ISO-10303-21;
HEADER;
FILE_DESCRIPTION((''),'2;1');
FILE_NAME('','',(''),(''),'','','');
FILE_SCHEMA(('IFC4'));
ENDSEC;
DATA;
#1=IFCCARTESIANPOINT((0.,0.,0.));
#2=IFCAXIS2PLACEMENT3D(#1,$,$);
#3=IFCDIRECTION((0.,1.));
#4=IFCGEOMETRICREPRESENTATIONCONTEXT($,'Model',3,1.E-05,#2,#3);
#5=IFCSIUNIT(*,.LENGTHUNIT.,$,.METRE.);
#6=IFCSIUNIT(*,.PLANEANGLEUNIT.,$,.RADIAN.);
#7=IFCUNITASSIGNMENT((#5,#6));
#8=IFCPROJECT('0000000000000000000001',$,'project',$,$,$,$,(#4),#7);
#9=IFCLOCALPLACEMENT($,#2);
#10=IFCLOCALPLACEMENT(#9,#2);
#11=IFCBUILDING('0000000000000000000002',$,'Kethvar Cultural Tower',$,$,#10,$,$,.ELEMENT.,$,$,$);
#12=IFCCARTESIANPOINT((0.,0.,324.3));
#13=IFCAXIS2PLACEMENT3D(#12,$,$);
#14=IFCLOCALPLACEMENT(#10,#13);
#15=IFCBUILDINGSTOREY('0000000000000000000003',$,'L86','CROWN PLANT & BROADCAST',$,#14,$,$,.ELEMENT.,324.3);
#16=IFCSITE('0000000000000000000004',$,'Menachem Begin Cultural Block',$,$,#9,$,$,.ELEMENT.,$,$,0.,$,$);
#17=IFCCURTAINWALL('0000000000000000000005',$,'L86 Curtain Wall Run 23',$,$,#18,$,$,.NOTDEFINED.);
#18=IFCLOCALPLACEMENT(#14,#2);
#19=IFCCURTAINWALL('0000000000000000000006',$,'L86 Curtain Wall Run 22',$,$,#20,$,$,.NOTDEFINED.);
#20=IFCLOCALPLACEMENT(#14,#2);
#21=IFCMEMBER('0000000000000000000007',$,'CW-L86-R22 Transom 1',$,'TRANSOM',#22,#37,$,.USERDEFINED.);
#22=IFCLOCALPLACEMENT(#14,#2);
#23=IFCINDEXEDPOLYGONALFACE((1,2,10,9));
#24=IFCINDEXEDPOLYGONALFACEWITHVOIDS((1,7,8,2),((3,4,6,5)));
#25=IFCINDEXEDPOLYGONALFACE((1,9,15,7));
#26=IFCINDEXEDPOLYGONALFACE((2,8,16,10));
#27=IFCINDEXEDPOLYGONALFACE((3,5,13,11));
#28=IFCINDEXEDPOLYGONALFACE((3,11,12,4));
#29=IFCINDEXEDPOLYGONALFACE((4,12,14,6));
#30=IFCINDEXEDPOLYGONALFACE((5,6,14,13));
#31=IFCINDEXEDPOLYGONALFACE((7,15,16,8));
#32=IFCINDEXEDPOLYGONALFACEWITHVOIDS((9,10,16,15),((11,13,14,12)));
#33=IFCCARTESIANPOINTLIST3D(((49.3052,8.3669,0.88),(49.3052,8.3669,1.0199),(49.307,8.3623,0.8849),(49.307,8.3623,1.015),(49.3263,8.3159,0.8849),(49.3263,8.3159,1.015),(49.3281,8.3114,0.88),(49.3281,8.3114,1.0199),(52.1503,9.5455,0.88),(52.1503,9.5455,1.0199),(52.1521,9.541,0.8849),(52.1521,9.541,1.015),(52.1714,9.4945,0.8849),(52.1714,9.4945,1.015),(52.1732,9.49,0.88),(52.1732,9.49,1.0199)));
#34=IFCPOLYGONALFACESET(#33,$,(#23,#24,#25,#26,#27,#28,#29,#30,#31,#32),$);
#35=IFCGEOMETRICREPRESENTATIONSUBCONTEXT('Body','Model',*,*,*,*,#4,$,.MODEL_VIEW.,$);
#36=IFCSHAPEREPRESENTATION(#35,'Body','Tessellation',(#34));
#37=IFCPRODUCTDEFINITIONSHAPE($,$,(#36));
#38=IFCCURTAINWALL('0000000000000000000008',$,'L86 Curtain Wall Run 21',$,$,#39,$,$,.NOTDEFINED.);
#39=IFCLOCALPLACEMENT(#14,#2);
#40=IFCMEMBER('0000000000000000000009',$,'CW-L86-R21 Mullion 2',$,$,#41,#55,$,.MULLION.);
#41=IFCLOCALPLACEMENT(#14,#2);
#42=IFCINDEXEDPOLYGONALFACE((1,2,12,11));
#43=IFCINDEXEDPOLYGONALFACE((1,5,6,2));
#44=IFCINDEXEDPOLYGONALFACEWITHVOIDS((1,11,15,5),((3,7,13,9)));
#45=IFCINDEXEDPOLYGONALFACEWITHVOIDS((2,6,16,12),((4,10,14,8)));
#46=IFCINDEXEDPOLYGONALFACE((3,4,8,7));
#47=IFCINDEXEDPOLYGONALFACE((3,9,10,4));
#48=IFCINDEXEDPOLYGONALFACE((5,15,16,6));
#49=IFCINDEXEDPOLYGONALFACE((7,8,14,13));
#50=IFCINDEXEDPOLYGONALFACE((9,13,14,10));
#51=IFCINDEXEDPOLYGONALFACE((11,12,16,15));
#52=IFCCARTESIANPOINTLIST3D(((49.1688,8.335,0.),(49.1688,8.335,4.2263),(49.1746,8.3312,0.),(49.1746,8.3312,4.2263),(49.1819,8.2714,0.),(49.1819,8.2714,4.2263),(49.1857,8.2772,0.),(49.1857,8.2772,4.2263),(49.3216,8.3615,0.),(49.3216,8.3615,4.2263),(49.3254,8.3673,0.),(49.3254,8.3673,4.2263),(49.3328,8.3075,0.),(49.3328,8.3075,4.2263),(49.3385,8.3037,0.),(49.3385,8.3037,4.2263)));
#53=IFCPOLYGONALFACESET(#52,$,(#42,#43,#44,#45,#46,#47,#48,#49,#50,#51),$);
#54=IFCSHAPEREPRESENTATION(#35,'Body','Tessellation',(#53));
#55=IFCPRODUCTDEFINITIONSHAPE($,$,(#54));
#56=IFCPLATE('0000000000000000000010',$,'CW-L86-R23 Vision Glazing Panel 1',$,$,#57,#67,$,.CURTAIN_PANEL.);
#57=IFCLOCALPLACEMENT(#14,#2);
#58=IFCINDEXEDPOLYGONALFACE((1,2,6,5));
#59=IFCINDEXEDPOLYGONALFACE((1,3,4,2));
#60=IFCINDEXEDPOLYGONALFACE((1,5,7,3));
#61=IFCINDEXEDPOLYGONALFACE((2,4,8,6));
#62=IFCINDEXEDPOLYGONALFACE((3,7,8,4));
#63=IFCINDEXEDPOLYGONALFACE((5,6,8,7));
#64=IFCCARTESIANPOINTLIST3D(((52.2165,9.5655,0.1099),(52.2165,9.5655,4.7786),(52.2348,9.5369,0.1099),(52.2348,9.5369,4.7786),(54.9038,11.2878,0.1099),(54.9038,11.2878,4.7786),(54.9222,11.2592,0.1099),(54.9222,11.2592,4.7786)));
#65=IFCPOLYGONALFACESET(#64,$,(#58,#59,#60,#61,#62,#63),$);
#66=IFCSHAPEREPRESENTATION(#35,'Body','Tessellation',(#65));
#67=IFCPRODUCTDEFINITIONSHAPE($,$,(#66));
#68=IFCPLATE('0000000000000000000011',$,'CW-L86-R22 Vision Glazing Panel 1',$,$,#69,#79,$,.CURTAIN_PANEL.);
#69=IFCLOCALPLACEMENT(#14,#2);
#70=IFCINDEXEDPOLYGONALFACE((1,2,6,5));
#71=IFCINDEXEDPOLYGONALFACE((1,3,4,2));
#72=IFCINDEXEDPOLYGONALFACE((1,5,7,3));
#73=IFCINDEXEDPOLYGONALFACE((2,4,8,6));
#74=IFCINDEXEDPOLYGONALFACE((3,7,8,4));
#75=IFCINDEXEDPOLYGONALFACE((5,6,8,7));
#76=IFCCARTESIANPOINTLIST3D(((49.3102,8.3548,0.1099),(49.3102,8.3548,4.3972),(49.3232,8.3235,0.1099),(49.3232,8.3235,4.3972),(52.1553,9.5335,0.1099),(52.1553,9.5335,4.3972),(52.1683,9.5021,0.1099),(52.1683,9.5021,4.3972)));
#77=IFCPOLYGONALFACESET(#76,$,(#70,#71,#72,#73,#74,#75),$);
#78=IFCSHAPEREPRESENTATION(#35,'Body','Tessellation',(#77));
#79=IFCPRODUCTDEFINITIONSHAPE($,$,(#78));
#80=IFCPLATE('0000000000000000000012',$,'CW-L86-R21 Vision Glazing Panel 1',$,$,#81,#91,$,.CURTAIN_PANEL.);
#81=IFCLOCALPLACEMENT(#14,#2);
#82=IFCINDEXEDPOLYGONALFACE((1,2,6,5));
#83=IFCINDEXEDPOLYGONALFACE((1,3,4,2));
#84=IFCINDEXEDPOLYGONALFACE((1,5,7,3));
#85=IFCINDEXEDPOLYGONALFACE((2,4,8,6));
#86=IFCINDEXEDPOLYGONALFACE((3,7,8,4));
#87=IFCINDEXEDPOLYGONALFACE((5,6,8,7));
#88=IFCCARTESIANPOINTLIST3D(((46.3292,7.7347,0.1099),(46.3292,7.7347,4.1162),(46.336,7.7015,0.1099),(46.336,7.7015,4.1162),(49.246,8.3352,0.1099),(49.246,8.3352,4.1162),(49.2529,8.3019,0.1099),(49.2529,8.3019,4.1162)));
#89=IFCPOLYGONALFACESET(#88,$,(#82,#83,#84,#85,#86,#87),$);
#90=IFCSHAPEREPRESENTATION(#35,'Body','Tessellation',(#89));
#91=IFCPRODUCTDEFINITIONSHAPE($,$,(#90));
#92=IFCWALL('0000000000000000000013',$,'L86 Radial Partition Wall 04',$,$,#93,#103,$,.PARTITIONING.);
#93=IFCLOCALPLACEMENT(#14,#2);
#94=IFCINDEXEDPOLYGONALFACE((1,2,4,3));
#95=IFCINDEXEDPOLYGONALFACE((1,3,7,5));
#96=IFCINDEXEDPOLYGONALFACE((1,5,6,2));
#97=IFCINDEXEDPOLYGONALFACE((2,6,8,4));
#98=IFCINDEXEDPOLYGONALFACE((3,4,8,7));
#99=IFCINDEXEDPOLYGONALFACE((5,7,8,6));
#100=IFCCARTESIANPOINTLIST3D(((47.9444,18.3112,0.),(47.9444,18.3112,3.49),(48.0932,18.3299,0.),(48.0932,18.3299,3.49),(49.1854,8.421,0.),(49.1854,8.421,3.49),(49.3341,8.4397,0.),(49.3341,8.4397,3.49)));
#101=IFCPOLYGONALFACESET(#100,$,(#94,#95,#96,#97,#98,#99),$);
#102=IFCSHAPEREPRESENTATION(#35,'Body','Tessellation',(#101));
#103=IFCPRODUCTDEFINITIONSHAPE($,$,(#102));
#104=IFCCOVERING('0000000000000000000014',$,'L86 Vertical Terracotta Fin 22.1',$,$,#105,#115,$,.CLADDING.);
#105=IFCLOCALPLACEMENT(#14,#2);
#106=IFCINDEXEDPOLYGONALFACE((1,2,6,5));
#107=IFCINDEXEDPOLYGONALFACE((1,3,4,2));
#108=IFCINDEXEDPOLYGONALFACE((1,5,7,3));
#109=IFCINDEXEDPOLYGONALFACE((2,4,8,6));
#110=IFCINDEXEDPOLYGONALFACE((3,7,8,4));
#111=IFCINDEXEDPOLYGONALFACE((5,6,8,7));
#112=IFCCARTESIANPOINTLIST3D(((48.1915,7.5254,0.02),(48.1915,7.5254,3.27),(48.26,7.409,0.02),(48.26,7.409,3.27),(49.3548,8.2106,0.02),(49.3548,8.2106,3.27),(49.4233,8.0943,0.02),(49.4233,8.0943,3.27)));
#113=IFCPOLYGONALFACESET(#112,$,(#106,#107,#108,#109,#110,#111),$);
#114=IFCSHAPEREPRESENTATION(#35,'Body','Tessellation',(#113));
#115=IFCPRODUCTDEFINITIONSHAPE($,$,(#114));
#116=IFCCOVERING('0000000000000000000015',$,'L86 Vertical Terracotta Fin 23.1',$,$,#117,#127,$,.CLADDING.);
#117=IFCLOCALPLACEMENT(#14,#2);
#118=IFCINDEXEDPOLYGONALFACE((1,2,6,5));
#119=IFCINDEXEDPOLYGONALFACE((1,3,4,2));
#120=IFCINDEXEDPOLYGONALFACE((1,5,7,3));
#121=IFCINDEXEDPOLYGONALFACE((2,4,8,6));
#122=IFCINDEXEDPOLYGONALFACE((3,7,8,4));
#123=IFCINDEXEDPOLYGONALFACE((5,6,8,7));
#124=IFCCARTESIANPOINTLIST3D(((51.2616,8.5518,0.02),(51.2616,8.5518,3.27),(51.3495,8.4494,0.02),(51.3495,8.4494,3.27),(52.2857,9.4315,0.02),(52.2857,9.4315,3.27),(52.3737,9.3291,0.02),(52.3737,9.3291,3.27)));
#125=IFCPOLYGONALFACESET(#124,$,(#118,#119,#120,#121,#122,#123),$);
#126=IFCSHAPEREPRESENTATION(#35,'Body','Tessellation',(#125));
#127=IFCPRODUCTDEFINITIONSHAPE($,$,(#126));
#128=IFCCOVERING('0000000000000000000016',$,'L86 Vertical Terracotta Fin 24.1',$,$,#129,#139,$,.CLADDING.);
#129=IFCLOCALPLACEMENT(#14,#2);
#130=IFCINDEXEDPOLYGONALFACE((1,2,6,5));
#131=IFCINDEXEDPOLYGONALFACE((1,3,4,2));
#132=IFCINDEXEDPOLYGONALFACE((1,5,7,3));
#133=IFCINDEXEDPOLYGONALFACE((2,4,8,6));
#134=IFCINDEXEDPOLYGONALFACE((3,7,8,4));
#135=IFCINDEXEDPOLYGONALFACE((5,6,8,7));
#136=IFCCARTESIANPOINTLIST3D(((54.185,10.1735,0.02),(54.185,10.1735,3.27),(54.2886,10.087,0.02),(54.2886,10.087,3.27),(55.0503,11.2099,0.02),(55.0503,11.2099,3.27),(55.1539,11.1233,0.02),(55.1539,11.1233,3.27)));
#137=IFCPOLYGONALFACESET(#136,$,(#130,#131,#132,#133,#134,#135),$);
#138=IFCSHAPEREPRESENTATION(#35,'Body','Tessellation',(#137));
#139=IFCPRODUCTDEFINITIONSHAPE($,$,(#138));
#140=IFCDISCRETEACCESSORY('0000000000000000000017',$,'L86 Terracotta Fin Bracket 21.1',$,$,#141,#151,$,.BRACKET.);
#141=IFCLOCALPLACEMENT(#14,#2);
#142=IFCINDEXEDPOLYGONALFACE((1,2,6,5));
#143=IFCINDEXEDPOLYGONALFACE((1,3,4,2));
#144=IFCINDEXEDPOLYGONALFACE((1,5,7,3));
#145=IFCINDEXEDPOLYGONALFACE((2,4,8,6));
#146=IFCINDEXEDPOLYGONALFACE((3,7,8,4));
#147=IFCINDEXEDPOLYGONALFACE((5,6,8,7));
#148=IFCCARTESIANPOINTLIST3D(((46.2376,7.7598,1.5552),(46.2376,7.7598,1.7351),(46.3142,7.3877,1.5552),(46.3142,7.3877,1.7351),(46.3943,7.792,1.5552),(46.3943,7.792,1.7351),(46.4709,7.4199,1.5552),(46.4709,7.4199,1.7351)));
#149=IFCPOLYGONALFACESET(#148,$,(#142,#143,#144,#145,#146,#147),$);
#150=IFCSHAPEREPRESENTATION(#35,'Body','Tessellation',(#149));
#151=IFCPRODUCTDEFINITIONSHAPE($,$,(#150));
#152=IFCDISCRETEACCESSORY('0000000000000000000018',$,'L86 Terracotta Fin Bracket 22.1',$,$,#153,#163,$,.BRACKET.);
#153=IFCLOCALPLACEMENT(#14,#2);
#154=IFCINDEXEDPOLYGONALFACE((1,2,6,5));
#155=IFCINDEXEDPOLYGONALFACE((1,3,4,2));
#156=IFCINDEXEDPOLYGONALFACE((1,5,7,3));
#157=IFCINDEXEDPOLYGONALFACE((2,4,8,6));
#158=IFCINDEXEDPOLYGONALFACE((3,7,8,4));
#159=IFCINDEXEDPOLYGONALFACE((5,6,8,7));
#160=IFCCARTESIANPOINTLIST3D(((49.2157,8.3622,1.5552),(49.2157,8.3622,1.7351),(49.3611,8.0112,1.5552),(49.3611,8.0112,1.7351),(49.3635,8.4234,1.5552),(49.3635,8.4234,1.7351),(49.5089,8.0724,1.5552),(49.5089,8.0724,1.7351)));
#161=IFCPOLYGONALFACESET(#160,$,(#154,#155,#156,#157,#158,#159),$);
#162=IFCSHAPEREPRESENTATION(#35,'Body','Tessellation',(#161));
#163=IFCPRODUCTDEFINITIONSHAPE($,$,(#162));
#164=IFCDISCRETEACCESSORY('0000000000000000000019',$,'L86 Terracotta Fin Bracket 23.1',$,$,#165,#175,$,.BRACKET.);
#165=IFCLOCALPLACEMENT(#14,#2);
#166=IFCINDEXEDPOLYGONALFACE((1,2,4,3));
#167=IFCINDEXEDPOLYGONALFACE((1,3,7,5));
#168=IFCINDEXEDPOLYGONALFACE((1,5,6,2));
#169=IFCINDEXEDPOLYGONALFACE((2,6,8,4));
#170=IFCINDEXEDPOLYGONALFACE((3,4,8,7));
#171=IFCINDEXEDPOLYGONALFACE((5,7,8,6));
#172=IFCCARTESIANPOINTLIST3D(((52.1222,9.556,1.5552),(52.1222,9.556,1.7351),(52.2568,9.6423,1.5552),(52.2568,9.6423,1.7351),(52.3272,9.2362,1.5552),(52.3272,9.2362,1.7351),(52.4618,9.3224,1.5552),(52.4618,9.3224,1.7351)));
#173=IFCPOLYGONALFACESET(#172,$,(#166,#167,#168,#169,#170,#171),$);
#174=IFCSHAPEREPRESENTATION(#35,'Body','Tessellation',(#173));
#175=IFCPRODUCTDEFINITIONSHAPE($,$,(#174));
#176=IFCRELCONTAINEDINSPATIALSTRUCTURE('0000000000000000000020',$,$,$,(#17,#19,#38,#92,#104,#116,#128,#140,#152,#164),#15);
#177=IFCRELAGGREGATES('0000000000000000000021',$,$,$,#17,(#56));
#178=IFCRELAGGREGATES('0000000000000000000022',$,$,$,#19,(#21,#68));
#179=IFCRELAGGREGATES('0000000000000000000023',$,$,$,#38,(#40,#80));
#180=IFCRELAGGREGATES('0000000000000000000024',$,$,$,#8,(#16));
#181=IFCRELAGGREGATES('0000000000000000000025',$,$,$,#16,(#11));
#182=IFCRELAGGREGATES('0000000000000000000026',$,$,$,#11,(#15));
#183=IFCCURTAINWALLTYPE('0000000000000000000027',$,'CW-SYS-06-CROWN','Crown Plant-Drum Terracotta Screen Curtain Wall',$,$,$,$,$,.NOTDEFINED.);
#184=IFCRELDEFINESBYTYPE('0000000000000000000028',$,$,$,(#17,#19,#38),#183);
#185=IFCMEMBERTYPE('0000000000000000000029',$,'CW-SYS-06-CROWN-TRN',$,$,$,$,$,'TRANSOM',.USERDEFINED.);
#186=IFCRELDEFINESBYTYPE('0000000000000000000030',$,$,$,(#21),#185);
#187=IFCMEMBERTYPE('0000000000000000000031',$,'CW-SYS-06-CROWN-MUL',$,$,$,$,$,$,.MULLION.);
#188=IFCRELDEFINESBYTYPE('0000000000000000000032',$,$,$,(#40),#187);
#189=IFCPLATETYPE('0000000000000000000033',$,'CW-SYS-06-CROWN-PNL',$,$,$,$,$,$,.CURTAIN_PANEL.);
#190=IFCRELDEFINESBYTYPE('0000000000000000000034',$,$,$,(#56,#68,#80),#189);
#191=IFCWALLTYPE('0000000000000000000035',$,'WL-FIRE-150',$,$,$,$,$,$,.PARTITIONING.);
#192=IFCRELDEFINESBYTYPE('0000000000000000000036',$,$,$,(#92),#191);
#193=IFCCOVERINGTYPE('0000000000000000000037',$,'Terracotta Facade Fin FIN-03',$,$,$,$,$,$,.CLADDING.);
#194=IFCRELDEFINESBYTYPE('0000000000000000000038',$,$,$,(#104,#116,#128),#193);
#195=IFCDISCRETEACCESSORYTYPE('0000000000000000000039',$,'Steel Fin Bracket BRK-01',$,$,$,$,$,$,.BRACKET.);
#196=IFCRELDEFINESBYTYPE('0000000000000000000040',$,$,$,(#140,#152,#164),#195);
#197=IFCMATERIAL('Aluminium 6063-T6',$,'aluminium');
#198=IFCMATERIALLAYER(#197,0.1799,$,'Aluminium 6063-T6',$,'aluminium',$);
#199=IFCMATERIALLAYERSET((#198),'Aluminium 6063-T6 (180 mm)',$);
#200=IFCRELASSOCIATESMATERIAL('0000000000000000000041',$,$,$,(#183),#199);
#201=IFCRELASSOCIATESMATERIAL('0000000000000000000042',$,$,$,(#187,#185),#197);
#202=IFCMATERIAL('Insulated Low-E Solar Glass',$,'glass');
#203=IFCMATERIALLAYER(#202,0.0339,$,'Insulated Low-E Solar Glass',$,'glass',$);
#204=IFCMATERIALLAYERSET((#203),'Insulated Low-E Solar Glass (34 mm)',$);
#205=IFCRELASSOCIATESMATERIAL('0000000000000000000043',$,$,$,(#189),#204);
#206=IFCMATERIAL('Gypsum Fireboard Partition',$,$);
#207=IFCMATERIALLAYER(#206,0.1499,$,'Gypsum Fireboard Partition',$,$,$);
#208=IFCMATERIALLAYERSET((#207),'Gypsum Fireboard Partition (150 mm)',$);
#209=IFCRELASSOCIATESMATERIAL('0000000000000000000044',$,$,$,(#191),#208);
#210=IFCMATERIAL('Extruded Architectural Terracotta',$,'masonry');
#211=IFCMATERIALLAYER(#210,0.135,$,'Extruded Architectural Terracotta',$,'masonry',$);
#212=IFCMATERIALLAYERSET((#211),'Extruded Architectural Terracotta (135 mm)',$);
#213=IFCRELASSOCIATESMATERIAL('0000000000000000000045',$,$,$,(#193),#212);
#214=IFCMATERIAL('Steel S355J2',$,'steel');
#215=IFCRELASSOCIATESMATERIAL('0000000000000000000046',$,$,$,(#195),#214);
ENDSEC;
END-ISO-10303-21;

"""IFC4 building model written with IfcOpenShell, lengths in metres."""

from ifc_helpers import new_model, si_unit, direction, frame, frame_2d, origin, origin_2d, place, context, subcontext, project, spatial, rectangle, hollow_rectangle, extrude, source, transform, mapped, material, layer, layer_set, material_profile, profile_set, type_object, element, aggregate, save


model = new_model("IFC4")

# Units and contexts
model_context = context("Model", 3, precision=1e-05, world=origin(), true_north=direction((0.0, 1.0)))
body_context = subcontext(model_context, "Body", "Model", "MODEL_VIEW")
ifc_project = project(units=[si_unit("LENGTHUNIT", "METRE"), si_unit("PLANEANGLEUNIT", "RADIAN")], contexts=[model_context])

# Site, building, storey
site_placement = place(None, origin())
site = spatial("IfcSite", under=ifc_project, at=site_placement, Name="Menachem Begin Cultural Block", CompositionType="ELEMENT", RefElevation=0.0)
building_placement = place(site_placement, origin())
building = spatial("IfcBuilding", under=site, at=building_placement, Name="Kethvar Cultural Tower", CompositionType="ELEMENT")
storey_placement = place(building_placement, frame((0.0, 0.0, 324.3)))
storey = spatial("IfcBuildingStorey", under=building, at=storey_placement, Name="L86", Description="CROWN PLANT & BROADCAST", CompositionType="ELEMENT", Elevation=324.3)

# Shared definitions
ifc_material_1 = material(Name="Steel S355J2", Category="steel")

# Curtain walls, member
ifc_material_2 = material(Name="Aluminium 6063-T6", Category="aluminium")
ifc_layer_1 = layer(ifc_material_2, 0.1799, Name="Aluminium 6063-T6", Category="aluminium")
ifc_layer_set_1 = layer_set([ifc_layer_1], Name="Aluminium 6063-T6 (180 mm)")
curtain_wall_type = type_object("IfcCurtainWallType", Name="CW-SYS-06-CROWN", Description="Crown Plant-Drum Terracotta Screen Curtain Wall", PredefinedType="NOTDEFINED", material=ifc_layer_set_1)
curtain_wall_1_placement = place(storey_placement, origin())
curtain_wall_1 = element("IfcCurtainWall", 1, at=curtain_wall_1_placement, inside=storey, type_object=curtain_wall_type, Name="L86 Curtain Wall Run 23", PredefinedType="NOTDEFINED")
ifc_material_profile_1 = material_profile(ifc_material_2, hollow_rectangle(XDim=0.0649, YDim=0.1599, WallThickness=0.0049, at=origin_2d()), Name="Aluminium 6063-T6 — RHS160x65x5")
ifc_profile_set_1 = profile_set([ifc_material_profile_1], Name="Aluminium 6063-T6 — RHS160x65x5")
member_type_1 = type_object("IfcMemberType", Name="CW-SYS-06-CROWN-MUL", PredefinedType="MULLION", material=ifc_profile_set_1)
ifc_material_profile_2 = material_profile(ifc_material_2, hollow_rectangle(XDim=0.0601, YDim=0.1399, WallThickness=0.0049, at=origin_2d()), Name="Aluminium 6063-T6 — RHS140x60x5")
ifc_profile_set_2 = profile_set([ifc_material_profile_2], Name="Aluminium 6063-T6 — RHS140x60x5")
member_type_2 = type_object("IfcMemberType", Name="CW-SYS-06-CROWN-TRN", ElementType="TRANSOM", PredefinedType="USERDEFINED", material=ifc_profile_set_2)
curtain_wall_2_placement = place(storey_placement, origin())
curtain_wall_2 = element("IfcCurtainWall", 2, at=curtain_wall_2_placement, inside=storey, type_object=curtain_wall_type, Name="L86 Curtain Wall Run 22", PredefinedType="NOTDEFINED")
shared_shape_1 = source(origin(), body_context, "Body", "SweptSolid", [
    extrude(hollow_rectangle(XDim=0.0601, YDim=0.1399, WallThickness=0.0049, at=origin_2d()), origin(), (0.0, 0.0, 1.0), 3.0796),
])
member_1_placement = place(storey_placement, frame((49.3167, 8.3391, 0.95), z_axis=(0.923858, 0.382735, 0.0), x_axis=(-0.382735, 0.923858, 0.0)))
member_1 = element("IfcMember", 3, at=member_1_placement, type_object=member_type_2, Name="CW-L86-R22 Transom 1", ObjectType="TRANSOM", PredefinedType="USERDEFINED", context=body_context, shape_type="MappedRepresentation", body=[
    mapped(shared_shape_1, transform((0.0, 0.0, 0.0), scale=1.0)),
])

# Curtain wall, member
curtain_wall_3_placement = place(storey_placement, origin())
curtain_wall_3 = element("IfcCurtainWall", 4, at=curtain_wall_3_placement, inside=storey, type_object=curtain_wall_type, Name="L86 Curtain Wall Run 21", PredefinedType="NOTDEFINED")
shared_shape_2 = source(origin(), body_context, "Body", "SweptSolid", [
    extrude(hollow_rectangle(XDim=0.0649, YDim=0.1599, WallThickness=0.0049, at=origin_2d()), origin(), (0.0, 0.0, 1.0), 4.2263),
])
member_2_placement = place(storey_placement, frame((49.2537, 8.3193, 0.0), z_axis=(0.0, 0.0, 1.0), x_axis=(-0.201625, 0.979463, 0.0)))
member_2 = element("IfcMember", 5, at=member_2_placement, type_object=member_type_1, Name="CW-L86-R21 Mullion 2", PredefinedType="MULLION", context=body_context, shape_type="MappedRepresentation", body=[
    mapped(shared_shape_2, transform((0.0, 0.0, 0.0), scale=1.0)),
])

# Plates
ifc_material_3 = material(Name="Insulated Low-E Solar Glass", Category="glass")
ifc_layer_2 = layer(ifc_material_3, 0.0339, Name="Insulated Low-E Solar Glass", Category="glass")
ifc_layer_set_2 = layer_set([ifc_layer_2], Name="Insulated Low-E Solar Glass (34 mm)")
plate_type = type_object("IfcPlateType", Name="CW-SYS-06-CROWN-PNL", PredefinedType="CURTAIN_PANEL", material=ifc_layer_set_2)
shared_shape_3 = source(origin(), body_context, "Body", "SweptSolid", [
    extrude(rectangle(XDim=3.1919, YDim=0.0339, at=origin_2d()), origin(), (0.0, 0.0, 1.0), 4.6687),
])
plate_1_placement = place(storey_placement, frame((53.5693, 10.4124, 0.1099), z_axis=(0.0, 0.0, 1.0), x_axis=(0.841925, 0.539594, 0.0)))
plate_1 = element("IfcPlate", 6, at=plate_1_placement, type_object=plate_type, Name="CW-L86-R23 Vision Glazing Panel 1", PredefinedType="CURTAIN_PANEL", context=body_context, shape_type="MappedRepresentation", body=[
    mapped(shared_shape_3, transform((0.0, 0.0, 0.0), scale=1.0)),
])
aggregate(curtain_wall_1, [plate_1])
shared_shape_4 = source(origin(), body_context, "Body", "SweptSolid", [
    extrude(rectangle(XDim=3.0796, YDim=0.0339, at=origin_2d()), origin(), (0.0, 0.0, 1.0), 4.2874),
])
plate_2_placement = place(storey_placement, frame((50.7393, 8.9285, 0.1099), z_axis=(0.0, 0.0, 1.0), x_axis=(0.923859, 0.382732, 0.0)))
plate_2 = element("IfcPlate", 7, at=plate_2_placement, type_object=plate_type, Name="CW-L86-R22 Vision Glazing Panel 1", PredefinedType="CURTAIN_PANEL", context=body_context, shape_type="MappedRepresentation", body=[
    mapped(shared_shape_4, transform((0.0, 0.0, 0.0), scale=1.0)),
])
aggregate(curtain_wall_2, [member_1, plate_2])
shared_shape_5 = source(origin(), body_context, "Body", "SweptSolid", [
    extrude(rectangle(XDim=2.978, YDim=0.0339, at=origin_2d()), origin(), (0.0, 0.0, 1.0), 4.0063),
])
plate_3_placement = place(storey_placement, frame((47.791, 8.0183, 0.1099), z_axis=(0.0, 0.0, 1.0), x_axis=(0.979463, 0.201625, 0.0)))
plate_3 = element("IfcPlate", 8, at=plate_3_placement, type_object=plate_type, Name="CW-L86-R21 Vision Glazing Panel 1", PredefinedType="CURTAIN_PANEL", context=body_context, shape_type="MappedRepresentation", body=[
    mapped(shared_shape_5, transform((0.0, 0.0, 0.0), scale=1.0)),
])
aggregate(curtain_wall_3, [member_2, plate_3])

# Wall
ifc_material_4 = material(Name="Gypsum Fireboard Partition")
ifc_layer_3 = layer(ifc_material_4, 0.1499, Name="Gypsum Fireboard Partition")
ifc_layer_set_3 = layer_set([ifc_layer_3], Name="Gypsum Fireboard Partition (150 mm)")
wall_type = type_object("IfcWallType", Name="WL-FIRE-150", PredefinedType="PARTITIONING", material=ifc_layer_set_3)
wall_placement = place(storey_placement, frame((48.0188, 18.3206, 0.0), z_axis=(0.0, 0.0, 1.0), x_axis=(0.124499, -0.99222, 0.0)))
element("IfcWall", 9, at=wall_placement, inside=storey, type_object=wall_type, Name="L86 Radial Partition Wall 04", PredefinedType="PARTITIONING", context=body_context, shape_type="SweptSolid", body=[
    extrude(rectangle(XDim=9.9678, YDim=0.1499, at=frame_2d((4.9839, 0.0))), origin(), (0.0, 0.0, 1.0), 3.49),
])

# Coverings
ifc_material_5 = material(Name="Extruded Architectural Terracotta", Category="masonry")
ifc_layer_4 = layer(ifc_material_5, 0.135, Name="Extruded Architectural Terracotta", Category="masonry")
ifc_layer_set_4 = layer_set([ifc_layer_4], Name="Extruded Architectural Terracotta (135 mm)")
covering_type = type_object("IfcCoveringType", Name="Terracotta Facade Fin FIN-03", PredefinedType="CLADDING", material=ifc_layer_set_4)
shared_shape_6 = source(origin(), body_context, "Body", "SweptSolid", [
    extrude(rectangle(XDim=1.3501, YDim=0.135, at=origin_2d()), origin(), (0.0, 0.0, 1.0), 3.25),
])
for number, where, z_axis, x_axis, name in (
    (10, (48.8074, 7.8098, 0.02), (0.0, 0.0, 1.0), (-0.861629, -0.507538, 0.0), "L86 Vertical Terracotta Fin 22.1"),
    (11, (51.8176, 8.9404, 0.02), (0.0, 0.0, 1.0), (-0.758589, -0.651569, 0.0), "L86 Vertical Terracotta Fin 23.1"),
    (12, (54.6694, 10.6484, 0.02), (0.0, 0.0, 1.0), (-0.640914, -0.767613, 0.0), "L86 Vertical Terracotta Fin 24.1"),
):
    element("IfcCovering", number, at=place(storey_placement, frame(where, z_axis=z_axis, x_axis=x_axis)), inside=storey, type_object=covering_type, Name=name, PredefinedType="CLADDING", context=body_context, shape_type="MappedRepresentation", body=[
        mapped(shared_shape_6, transform((0.0, 0.0, 0.0), scale=1.0)),
    ])

# Discrete accessories
discrete_accessory_type = type_object("IfcDiscreteAccessoryType", Name="Steel Fin Bracket BRK-01", PredefinedType="BRACKET", material=ifc_material_1)
shared_shape_7 = source(origin(), body_context, "Body", "SweptSolid", [
    extrude(rectangle(XDim=0.3799, YDim=0.1599, at=origin_2d()), origin(), (0.0, 0.0, 1.0), 0.1799),
])
for number, where, z_axis, x_axis, name in (
    (13, (46.3542, 7.5898, 1.5552), (0.0, 0.0, 1.0), (0.201591, -0.97947, 0.0), "L86 Terracotta Fin Bracket 21.1"),
    (14, (49.3623, 8.2173, 1.5552), (0.0, 0.0, 1.0), (0.382683, -0.92388, 0.0), "L86 Terracotta Fin Bracket 22.1"),
    (15, (52.292, 9.4392, 1.5552), (0.0, 0.0, 1.0), (0.539653, -0.841888, 0.0), "L86 Terracotta Fin Bracket 23.1"),
):
    element("IfcDiscreteAccessory", number, at=place(storey_placement, frame(where, z_axis=z_axis, x_axis=x_axis)), inside=storey, type_object=discrete_accessory_type, Name=name, PredefinedType="BRACKET", context=body_context, shape_type="MappedRepresentation", body=[
        mapped(shared_shape_7, transform((0.0, 0.0, 0.0), scale=1.0)),
    ])

save(model, "model.ifc")
